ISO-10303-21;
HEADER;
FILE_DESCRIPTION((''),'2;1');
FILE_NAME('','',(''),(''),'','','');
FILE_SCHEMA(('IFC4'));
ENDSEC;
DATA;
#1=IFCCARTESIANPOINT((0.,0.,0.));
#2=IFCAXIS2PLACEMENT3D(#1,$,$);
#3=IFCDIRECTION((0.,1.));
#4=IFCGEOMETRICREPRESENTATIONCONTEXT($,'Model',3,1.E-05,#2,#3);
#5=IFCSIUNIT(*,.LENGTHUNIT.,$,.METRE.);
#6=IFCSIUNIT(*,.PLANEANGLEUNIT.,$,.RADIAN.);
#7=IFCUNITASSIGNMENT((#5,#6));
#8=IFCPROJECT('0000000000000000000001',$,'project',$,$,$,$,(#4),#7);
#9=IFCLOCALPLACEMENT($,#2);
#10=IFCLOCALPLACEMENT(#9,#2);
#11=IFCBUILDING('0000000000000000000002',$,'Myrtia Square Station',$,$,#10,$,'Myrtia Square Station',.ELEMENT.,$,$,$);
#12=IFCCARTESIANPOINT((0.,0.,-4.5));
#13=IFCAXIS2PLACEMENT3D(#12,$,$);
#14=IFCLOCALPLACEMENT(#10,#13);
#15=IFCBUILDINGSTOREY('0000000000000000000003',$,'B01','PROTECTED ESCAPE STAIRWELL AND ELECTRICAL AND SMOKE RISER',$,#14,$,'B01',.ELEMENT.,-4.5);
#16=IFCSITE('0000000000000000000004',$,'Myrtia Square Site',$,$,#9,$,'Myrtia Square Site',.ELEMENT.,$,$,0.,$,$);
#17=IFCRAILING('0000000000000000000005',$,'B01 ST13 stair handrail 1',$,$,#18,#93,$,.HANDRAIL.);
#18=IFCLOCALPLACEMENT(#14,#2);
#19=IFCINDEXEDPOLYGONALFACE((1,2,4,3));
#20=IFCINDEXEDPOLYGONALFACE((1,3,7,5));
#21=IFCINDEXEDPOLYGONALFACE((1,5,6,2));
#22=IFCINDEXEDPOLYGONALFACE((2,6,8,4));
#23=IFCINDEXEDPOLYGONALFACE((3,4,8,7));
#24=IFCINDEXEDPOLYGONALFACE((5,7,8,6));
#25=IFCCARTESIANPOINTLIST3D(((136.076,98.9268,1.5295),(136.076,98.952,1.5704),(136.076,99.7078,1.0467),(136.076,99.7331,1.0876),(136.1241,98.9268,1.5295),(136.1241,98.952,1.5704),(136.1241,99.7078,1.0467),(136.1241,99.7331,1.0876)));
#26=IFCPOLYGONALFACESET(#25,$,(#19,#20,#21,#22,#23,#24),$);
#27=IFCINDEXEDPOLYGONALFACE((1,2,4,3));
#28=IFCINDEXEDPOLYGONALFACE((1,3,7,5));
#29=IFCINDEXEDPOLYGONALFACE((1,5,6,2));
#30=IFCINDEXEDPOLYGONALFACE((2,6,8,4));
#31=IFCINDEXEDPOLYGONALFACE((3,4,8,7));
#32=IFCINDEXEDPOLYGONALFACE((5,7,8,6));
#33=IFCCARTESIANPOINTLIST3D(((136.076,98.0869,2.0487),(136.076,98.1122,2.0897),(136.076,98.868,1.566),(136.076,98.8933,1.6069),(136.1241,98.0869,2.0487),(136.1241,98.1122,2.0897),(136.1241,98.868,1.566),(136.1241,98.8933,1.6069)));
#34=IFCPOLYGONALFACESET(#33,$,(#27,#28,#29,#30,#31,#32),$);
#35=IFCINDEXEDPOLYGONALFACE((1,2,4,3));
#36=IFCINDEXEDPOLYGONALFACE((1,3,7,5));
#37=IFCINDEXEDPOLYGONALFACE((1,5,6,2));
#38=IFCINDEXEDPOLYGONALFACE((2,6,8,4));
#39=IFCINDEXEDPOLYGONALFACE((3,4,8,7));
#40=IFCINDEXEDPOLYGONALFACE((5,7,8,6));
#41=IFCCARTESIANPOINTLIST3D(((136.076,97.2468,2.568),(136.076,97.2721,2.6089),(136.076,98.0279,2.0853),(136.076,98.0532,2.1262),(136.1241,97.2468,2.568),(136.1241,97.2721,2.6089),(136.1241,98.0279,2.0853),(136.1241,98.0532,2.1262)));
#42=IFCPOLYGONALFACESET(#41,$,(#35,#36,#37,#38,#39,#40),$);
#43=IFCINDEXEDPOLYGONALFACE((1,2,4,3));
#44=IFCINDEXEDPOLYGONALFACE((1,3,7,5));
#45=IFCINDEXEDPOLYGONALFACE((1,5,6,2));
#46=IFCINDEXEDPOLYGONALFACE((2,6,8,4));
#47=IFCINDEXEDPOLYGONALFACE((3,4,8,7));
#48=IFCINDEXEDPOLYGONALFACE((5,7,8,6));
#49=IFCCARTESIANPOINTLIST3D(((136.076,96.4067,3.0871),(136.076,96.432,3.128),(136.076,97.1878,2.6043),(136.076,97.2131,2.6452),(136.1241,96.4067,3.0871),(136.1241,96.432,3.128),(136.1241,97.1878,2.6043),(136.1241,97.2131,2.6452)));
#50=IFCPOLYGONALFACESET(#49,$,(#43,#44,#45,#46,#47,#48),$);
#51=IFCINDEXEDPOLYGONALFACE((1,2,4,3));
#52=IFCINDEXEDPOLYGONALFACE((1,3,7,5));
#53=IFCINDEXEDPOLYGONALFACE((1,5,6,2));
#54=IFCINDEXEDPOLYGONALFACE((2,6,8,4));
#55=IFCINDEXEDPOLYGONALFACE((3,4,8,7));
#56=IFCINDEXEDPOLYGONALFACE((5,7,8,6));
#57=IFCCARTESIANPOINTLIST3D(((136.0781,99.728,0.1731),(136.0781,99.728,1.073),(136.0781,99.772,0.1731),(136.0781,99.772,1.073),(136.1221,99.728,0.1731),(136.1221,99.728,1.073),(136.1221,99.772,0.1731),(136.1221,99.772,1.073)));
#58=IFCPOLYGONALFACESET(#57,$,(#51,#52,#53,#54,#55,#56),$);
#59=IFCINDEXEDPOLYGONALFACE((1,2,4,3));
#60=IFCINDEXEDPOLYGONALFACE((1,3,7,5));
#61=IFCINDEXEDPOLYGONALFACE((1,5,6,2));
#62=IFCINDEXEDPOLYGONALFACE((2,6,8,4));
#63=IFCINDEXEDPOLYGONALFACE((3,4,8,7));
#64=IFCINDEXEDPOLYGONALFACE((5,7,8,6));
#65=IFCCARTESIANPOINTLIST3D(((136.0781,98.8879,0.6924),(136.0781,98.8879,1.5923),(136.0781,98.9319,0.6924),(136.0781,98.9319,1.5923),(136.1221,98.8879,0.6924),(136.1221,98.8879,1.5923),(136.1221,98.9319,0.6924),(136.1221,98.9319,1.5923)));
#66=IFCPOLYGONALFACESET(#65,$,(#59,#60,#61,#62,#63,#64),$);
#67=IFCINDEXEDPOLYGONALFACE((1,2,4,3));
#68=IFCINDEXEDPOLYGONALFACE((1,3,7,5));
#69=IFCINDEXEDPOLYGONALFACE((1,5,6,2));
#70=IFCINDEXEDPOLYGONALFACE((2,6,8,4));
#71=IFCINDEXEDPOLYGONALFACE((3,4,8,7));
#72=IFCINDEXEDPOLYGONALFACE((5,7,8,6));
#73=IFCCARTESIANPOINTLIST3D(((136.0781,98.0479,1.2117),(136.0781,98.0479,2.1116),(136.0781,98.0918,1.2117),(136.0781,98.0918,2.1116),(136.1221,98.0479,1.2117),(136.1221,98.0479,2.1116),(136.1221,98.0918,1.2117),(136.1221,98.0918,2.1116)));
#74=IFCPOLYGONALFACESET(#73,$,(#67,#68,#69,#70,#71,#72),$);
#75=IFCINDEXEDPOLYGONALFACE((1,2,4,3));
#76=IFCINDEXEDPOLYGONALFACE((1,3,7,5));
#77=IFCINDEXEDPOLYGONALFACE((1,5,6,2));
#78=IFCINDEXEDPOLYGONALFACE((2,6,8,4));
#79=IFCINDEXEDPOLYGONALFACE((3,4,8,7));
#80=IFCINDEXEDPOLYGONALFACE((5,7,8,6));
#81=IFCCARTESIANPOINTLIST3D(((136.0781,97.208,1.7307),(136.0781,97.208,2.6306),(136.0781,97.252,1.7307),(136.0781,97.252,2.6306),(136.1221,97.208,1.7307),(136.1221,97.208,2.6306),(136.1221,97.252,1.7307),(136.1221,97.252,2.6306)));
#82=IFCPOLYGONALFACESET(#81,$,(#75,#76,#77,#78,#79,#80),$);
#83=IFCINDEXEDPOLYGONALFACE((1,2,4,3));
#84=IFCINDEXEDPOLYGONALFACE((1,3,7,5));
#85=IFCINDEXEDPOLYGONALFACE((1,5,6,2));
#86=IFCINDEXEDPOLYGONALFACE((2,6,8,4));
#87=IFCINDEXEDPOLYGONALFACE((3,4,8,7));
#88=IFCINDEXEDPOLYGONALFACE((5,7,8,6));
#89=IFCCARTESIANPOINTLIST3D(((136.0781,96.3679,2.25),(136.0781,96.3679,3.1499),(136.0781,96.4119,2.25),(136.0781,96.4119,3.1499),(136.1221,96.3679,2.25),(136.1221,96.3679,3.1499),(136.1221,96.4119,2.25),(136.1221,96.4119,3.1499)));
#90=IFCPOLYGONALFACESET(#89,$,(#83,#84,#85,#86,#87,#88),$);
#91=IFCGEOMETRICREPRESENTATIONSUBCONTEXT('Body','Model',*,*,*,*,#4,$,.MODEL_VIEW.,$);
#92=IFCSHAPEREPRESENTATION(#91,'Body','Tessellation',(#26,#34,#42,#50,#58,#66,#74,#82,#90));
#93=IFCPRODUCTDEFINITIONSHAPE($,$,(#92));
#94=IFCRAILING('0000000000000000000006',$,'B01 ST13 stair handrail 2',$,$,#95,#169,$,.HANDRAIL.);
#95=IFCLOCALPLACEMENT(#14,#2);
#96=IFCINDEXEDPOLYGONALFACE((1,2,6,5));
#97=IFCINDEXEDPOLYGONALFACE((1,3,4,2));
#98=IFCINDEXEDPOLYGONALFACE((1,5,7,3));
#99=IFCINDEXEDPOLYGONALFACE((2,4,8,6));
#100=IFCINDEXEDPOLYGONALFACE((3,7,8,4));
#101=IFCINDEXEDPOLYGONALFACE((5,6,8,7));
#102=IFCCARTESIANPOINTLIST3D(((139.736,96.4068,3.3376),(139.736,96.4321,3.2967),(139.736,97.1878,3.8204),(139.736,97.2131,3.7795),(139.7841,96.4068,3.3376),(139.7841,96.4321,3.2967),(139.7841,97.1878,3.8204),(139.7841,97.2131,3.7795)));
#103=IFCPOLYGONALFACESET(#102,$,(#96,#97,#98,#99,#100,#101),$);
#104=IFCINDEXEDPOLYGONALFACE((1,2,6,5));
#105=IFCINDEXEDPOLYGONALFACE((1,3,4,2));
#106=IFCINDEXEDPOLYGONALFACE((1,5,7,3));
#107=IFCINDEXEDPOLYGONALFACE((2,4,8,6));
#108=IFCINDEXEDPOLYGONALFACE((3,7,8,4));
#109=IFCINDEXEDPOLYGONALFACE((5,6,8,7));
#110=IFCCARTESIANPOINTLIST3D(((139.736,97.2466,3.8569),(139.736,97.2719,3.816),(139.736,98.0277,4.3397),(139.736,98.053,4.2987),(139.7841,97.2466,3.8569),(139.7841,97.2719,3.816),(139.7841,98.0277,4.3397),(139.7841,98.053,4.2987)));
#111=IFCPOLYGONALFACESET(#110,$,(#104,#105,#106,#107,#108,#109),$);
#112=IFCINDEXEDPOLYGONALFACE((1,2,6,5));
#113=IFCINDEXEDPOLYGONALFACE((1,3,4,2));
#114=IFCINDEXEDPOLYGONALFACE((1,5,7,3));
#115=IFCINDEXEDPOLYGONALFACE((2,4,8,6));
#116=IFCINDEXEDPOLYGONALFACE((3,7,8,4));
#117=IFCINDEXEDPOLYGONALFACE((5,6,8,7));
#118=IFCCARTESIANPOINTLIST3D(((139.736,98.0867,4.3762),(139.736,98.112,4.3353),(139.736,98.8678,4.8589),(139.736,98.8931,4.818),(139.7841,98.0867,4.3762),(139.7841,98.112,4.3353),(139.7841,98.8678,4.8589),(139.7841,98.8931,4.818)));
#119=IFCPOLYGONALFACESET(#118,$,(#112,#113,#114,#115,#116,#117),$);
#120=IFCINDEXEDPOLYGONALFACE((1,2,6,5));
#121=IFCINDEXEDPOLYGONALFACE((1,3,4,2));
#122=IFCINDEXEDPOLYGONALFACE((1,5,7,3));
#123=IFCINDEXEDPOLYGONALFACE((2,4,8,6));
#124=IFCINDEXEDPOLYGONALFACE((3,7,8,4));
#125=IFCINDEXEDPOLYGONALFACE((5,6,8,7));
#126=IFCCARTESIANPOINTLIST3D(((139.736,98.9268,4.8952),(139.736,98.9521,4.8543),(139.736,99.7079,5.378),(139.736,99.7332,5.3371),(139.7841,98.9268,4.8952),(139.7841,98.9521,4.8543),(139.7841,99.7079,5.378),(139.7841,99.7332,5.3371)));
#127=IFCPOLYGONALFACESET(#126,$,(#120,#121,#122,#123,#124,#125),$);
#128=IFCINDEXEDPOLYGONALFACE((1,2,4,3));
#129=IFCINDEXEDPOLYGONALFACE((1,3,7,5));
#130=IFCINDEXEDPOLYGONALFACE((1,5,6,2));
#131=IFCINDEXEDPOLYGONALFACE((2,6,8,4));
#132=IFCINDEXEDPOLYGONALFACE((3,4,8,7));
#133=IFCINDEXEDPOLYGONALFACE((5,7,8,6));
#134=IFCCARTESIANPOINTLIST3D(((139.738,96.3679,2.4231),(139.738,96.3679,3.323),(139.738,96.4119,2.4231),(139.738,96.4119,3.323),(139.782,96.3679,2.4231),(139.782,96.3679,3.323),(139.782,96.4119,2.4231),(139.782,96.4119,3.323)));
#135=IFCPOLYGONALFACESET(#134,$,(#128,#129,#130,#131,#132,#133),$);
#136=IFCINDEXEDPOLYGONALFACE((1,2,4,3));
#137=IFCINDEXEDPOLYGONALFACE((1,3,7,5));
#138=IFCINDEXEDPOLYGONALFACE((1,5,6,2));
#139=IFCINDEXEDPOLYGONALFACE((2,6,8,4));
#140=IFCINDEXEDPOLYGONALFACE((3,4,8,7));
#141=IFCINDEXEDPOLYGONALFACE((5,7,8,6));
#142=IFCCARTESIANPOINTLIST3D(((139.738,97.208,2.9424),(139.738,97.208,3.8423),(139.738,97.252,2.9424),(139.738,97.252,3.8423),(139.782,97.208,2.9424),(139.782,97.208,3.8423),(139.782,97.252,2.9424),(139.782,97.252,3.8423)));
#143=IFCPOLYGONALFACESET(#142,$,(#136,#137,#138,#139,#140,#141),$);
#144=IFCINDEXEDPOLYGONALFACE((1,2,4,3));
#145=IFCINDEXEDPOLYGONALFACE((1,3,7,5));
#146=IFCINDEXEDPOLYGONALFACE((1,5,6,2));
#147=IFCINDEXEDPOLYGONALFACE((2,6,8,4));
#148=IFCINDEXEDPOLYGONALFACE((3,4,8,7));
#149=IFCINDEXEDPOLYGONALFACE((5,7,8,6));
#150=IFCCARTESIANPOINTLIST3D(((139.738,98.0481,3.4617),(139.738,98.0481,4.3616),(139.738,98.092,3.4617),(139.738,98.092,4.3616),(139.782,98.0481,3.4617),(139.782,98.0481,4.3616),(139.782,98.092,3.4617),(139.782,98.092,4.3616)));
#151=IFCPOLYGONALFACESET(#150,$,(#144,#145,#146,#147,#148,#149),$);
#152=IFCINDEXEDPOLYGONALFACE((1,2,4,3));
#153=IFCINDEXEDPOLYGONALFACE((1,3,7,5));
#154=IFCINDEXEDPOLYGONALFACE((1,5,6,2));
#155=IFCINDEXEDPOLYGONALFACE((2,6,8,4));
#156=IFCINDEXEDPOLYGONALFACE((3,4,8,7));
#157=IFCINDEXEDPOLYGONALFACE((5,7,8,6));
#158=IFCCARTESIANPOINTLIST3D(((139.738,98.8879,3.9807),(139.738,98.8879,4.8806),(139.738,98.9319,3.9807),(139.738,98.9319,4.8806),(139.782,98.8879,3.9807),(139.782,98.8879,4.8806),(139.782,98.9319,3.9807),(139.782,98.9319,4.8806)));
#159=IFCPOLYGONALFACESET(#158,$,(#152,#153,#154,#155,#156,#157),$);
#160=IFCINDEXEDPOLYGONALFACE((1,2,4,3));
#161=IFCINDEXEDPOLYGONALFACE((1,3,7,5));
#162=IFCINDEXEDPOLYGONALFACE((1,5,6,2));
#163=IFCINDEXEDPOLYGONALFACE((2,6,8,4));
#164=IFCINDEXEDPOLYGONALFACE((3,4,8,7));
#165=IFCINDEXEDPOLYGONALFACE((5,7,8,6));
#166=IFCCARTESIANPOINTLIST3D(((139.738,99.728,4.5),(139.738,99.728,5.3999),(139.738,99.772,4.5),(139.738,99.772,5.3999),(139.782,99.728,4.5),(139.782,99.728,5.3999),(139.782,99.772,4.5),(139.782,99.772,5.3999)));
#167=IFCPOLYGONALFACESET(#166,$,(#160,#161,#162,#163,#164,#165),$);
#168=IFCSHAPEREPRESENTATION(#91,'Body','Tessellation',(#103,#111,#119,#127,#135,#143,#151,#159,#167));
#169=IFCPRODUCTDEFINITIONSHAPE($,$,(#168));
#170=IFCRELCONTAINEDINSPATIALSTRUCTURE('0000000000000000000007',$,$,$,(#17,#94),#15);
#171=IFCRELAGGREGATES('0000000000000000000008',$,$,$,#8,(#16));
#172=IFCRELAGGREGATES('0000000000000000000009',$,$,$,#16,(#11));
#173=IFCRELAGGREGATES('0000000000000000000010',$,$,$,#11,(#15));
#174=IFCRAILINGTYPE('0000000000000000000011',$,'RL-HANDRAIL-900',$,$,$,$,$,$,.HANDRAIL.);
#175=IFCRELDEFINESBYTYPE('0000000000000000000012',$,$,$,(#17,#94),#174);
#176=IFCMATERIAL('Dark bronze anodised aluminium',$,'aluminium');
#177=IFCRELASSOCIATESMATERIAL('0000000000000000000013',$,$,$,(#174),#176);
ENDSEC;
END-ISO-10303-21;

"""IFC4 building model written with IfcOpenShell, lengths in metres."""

from ifc_helpers import new_model, si_unit, direction, frame, origin, origin_2d, place, context, subcontext, project, spatial, rectangle, extrude, material, type_object, element, save


model = new_model("IFC4")

# Units and contexts
model_context = context("Model", 3, precision=1e-05, world=origin(), true_north=direction((0.0, 1.0)))
body_context = subcontext(model_context, "Body", "Model", "MODEL_VIEW")
ifc_project = project(units=[si_unit("LENGTHUNIT", "METRE"), si_unit("PLANEANGLEUNIT", "RADIAN")], contexts=[model_context])

# Site, building, storey
site_placement = place(None, origin())
site = spatial("IfcSite", under=ifc_project, at=site_placement, Name="Myrtia Square Site", LongName="Myrtia Square Site", CompositionType="ELEMENT", RefElevation=0.0)
building_placement = place(site_placement, origin())
building = spatial("IfcBuilding", under=site, at=building_placement, Name="Myrtia Square Station", LongName="Myrtia Square Station", CompositionType="ELEMENT")
storey_placement = place(building_placement, frame((0.0, 0.0, -4.5)))
storey = spatial("IfcBuildingStorey", under=building, at=storey_placement, Name="B01", Description="PROTECTED ESCAPE STAIRWELL AND ELECTRICAL AND SMOKE RISER", LongName="B01", CompositionType="ELEMENT", Elevation=-4.5)

# Shared definitions
ifc_material_1 = material(Name="Dark bronze anodised aluminium", Category="aluminium")

# Railings
railing_type_1 = type_object("IfcRailingType", Name="RL-HANDRAIL-900", PredefinedType="HANDRAIL", material=ifc_material_1)
railing_1_placement = place(storey_placement, frame((136.1001, 99.75, 0.1731)))
element("IfcRailing", 1, at=railing_1_placement, inside=storey, type_object=railing_type_1, Name="B01 ST13 stair handrail 1", PredefinedType="HANDRAIL", context=body_context, shape_type="SweptSolid", body=[
    extrude(rectangle(XDim=0.0481, YDim=0.0481, at=origin_2d()), frame((0.0, -0.0295, 0.894), z_axis=(0.0, -0.850623, 0.525776), x_axis=(1.0, 0.0, 0.0)), (0.0, 0.0, 1.0), 0.9182),
    extrude(rectangle(XDim=0.0481, YDim=0.0481, at=origin_2d()), frame((0.0, -0.8694, 1.4133), z_axis=(0.0, -0.850623, 0.525776), x_axis=(1.0, 0.0, 0.0)), (0.0, 0.0, 1.0), 0.9182),
    extrude(rectangle(XDim=0.0481, YDim=0.0481, at=origin_2d()), frame((0.0, -1.7095, 1.9326), z_axis=(0.0, -0.850623, 0.525776), x_axis=(1.0, 0.0, 0.0)), (0.0, 0.0, 1.0), 0.9182),
    extrude(rectangle(XDim=0.0481, YDim=0.0481, at=origin_2d()), frame((0.0, -2.5496, 2.4517), z_axis=(0.0, -0.850623, 0.525776), x_axis=(1.0, 0.0, 0.0)), (0.0, 0.0, 1.0), 0.9182),
    extrude(rectangle(XDim=0.0439, YDim=0.0439, at=origin_2d()), origin(), (0.0, 0.0, 1.0), 0.8999),
    extrude(rectangle(XDim=0.0439, YDim=0.0439, at=origin_2d()), frame((0.0, -0.8401, 0.5193)), (0.0, 0.0, 1.0), 0.8999),
    extrude(rectangle(XDim=0.0439, YDim=0.0439, at=origin_2d()), frame((0.0, -1.6802, 1.0386)), (0.0, 0.0, 1.0), 0.8999),
    extrude(rectangle(XDim=0.0439, YDim=0.0439, at=origin_2d()), frame((0.0, -2.52, 1.5576)), (0.0, 0.0, 1.0), 0.8999),
    extrude(rectangle(XDim=0.0439, YDim=0.0439, at=origin_2d()), frame((0.0, -3.3601, 2.0769)), (0.0, 0.0, 1.0), 0.8999),
])
railing_2_placement = place(storey_placement, frame((139.76, 96.3899, 2.4231)))
element("IfcRailing", 2, at=railing_2_placement, inside=storey, type_object=railing_type_1, Name="B01 ST13 stair handrail 2", PredefinedType="HANDRAIL", context=body_context, shape_type="SweptSolid", body=[
    extrude(rectangle(XDim=0.0481, YDim=0.0481, at=origin_2d()), frame((0.0, 0.0295, 0.894), z_axis=(0.0, 0.850623, 0.525776), x_axis=(-1.0, 0.0, 0.0)), (0.0, 0.0, 1.0), 0.9182),
    extrude(rectangle(XDim=0.0481, YDim=0.0481, at=origin_2d()), frame((0.0, 0.8694, 1.4133), z_axis=(0.0, 0.850623, 0.525776), x_axis=(-1.0, 0.0, 0.0)), (0.0, 0.0, 1.0), 0.9182),
    extrude(rectangle(XDim=0.0481, YDim=0.0481, at=origin_2d()), frame((0.0, 1.7095, 1.9326), z_axis=(0.0, 0.850623, 0.525776), x_axis=(-1.0, 0.0, 0.0)), (0.0, 0.0, 1.0), 0.9182),
    extrude(rectangle(XDim=0.0481, YDim=0.0481, at=origin_2d()), frame((0.0, 2.5496, 2.4517), z_axis=(0.0, 0.850623, 0.525776), x_axis=(-1.0, 0.0, 0.0)), (0.0, 0.0, 1.0), 0.9182),
    extrude(rectangle(XDim=0.0439, YDim=0.0439, at=origin_2d()), origin(), (0.0, 0.0, 1.0), 0.8999),
    extrude(rectangle(XDim=0.0439, YDim=0.0439, at=origin_2d()), frame((0.0, 0.8401, 0.5193)), (0.0, 0.0, 1.0), 0.8999),
    extrude(rectangle(XDim=0.0439, YDim=0.0439, at=origin_2d()), frame((0.0, 1.6802, 1.0386)), (0.0, 0.0, 1.0), 0.8999),
    extrude(rectangle(XDim=0.0439, YDim=0.0439, at=origin_2d()), frame((0.0, 2.52, 1.5576)), (0.0, 0.0, 1.0), 0.8999),
    extrude(rectangle(XDim=0.0439, YDim=0.0439, at=origin_2d()), frame((0.0, 3.3601, 2.0769)), (0.0, 0.0, 1.0), 0.8999),
])

save(model, "model.ifc")
